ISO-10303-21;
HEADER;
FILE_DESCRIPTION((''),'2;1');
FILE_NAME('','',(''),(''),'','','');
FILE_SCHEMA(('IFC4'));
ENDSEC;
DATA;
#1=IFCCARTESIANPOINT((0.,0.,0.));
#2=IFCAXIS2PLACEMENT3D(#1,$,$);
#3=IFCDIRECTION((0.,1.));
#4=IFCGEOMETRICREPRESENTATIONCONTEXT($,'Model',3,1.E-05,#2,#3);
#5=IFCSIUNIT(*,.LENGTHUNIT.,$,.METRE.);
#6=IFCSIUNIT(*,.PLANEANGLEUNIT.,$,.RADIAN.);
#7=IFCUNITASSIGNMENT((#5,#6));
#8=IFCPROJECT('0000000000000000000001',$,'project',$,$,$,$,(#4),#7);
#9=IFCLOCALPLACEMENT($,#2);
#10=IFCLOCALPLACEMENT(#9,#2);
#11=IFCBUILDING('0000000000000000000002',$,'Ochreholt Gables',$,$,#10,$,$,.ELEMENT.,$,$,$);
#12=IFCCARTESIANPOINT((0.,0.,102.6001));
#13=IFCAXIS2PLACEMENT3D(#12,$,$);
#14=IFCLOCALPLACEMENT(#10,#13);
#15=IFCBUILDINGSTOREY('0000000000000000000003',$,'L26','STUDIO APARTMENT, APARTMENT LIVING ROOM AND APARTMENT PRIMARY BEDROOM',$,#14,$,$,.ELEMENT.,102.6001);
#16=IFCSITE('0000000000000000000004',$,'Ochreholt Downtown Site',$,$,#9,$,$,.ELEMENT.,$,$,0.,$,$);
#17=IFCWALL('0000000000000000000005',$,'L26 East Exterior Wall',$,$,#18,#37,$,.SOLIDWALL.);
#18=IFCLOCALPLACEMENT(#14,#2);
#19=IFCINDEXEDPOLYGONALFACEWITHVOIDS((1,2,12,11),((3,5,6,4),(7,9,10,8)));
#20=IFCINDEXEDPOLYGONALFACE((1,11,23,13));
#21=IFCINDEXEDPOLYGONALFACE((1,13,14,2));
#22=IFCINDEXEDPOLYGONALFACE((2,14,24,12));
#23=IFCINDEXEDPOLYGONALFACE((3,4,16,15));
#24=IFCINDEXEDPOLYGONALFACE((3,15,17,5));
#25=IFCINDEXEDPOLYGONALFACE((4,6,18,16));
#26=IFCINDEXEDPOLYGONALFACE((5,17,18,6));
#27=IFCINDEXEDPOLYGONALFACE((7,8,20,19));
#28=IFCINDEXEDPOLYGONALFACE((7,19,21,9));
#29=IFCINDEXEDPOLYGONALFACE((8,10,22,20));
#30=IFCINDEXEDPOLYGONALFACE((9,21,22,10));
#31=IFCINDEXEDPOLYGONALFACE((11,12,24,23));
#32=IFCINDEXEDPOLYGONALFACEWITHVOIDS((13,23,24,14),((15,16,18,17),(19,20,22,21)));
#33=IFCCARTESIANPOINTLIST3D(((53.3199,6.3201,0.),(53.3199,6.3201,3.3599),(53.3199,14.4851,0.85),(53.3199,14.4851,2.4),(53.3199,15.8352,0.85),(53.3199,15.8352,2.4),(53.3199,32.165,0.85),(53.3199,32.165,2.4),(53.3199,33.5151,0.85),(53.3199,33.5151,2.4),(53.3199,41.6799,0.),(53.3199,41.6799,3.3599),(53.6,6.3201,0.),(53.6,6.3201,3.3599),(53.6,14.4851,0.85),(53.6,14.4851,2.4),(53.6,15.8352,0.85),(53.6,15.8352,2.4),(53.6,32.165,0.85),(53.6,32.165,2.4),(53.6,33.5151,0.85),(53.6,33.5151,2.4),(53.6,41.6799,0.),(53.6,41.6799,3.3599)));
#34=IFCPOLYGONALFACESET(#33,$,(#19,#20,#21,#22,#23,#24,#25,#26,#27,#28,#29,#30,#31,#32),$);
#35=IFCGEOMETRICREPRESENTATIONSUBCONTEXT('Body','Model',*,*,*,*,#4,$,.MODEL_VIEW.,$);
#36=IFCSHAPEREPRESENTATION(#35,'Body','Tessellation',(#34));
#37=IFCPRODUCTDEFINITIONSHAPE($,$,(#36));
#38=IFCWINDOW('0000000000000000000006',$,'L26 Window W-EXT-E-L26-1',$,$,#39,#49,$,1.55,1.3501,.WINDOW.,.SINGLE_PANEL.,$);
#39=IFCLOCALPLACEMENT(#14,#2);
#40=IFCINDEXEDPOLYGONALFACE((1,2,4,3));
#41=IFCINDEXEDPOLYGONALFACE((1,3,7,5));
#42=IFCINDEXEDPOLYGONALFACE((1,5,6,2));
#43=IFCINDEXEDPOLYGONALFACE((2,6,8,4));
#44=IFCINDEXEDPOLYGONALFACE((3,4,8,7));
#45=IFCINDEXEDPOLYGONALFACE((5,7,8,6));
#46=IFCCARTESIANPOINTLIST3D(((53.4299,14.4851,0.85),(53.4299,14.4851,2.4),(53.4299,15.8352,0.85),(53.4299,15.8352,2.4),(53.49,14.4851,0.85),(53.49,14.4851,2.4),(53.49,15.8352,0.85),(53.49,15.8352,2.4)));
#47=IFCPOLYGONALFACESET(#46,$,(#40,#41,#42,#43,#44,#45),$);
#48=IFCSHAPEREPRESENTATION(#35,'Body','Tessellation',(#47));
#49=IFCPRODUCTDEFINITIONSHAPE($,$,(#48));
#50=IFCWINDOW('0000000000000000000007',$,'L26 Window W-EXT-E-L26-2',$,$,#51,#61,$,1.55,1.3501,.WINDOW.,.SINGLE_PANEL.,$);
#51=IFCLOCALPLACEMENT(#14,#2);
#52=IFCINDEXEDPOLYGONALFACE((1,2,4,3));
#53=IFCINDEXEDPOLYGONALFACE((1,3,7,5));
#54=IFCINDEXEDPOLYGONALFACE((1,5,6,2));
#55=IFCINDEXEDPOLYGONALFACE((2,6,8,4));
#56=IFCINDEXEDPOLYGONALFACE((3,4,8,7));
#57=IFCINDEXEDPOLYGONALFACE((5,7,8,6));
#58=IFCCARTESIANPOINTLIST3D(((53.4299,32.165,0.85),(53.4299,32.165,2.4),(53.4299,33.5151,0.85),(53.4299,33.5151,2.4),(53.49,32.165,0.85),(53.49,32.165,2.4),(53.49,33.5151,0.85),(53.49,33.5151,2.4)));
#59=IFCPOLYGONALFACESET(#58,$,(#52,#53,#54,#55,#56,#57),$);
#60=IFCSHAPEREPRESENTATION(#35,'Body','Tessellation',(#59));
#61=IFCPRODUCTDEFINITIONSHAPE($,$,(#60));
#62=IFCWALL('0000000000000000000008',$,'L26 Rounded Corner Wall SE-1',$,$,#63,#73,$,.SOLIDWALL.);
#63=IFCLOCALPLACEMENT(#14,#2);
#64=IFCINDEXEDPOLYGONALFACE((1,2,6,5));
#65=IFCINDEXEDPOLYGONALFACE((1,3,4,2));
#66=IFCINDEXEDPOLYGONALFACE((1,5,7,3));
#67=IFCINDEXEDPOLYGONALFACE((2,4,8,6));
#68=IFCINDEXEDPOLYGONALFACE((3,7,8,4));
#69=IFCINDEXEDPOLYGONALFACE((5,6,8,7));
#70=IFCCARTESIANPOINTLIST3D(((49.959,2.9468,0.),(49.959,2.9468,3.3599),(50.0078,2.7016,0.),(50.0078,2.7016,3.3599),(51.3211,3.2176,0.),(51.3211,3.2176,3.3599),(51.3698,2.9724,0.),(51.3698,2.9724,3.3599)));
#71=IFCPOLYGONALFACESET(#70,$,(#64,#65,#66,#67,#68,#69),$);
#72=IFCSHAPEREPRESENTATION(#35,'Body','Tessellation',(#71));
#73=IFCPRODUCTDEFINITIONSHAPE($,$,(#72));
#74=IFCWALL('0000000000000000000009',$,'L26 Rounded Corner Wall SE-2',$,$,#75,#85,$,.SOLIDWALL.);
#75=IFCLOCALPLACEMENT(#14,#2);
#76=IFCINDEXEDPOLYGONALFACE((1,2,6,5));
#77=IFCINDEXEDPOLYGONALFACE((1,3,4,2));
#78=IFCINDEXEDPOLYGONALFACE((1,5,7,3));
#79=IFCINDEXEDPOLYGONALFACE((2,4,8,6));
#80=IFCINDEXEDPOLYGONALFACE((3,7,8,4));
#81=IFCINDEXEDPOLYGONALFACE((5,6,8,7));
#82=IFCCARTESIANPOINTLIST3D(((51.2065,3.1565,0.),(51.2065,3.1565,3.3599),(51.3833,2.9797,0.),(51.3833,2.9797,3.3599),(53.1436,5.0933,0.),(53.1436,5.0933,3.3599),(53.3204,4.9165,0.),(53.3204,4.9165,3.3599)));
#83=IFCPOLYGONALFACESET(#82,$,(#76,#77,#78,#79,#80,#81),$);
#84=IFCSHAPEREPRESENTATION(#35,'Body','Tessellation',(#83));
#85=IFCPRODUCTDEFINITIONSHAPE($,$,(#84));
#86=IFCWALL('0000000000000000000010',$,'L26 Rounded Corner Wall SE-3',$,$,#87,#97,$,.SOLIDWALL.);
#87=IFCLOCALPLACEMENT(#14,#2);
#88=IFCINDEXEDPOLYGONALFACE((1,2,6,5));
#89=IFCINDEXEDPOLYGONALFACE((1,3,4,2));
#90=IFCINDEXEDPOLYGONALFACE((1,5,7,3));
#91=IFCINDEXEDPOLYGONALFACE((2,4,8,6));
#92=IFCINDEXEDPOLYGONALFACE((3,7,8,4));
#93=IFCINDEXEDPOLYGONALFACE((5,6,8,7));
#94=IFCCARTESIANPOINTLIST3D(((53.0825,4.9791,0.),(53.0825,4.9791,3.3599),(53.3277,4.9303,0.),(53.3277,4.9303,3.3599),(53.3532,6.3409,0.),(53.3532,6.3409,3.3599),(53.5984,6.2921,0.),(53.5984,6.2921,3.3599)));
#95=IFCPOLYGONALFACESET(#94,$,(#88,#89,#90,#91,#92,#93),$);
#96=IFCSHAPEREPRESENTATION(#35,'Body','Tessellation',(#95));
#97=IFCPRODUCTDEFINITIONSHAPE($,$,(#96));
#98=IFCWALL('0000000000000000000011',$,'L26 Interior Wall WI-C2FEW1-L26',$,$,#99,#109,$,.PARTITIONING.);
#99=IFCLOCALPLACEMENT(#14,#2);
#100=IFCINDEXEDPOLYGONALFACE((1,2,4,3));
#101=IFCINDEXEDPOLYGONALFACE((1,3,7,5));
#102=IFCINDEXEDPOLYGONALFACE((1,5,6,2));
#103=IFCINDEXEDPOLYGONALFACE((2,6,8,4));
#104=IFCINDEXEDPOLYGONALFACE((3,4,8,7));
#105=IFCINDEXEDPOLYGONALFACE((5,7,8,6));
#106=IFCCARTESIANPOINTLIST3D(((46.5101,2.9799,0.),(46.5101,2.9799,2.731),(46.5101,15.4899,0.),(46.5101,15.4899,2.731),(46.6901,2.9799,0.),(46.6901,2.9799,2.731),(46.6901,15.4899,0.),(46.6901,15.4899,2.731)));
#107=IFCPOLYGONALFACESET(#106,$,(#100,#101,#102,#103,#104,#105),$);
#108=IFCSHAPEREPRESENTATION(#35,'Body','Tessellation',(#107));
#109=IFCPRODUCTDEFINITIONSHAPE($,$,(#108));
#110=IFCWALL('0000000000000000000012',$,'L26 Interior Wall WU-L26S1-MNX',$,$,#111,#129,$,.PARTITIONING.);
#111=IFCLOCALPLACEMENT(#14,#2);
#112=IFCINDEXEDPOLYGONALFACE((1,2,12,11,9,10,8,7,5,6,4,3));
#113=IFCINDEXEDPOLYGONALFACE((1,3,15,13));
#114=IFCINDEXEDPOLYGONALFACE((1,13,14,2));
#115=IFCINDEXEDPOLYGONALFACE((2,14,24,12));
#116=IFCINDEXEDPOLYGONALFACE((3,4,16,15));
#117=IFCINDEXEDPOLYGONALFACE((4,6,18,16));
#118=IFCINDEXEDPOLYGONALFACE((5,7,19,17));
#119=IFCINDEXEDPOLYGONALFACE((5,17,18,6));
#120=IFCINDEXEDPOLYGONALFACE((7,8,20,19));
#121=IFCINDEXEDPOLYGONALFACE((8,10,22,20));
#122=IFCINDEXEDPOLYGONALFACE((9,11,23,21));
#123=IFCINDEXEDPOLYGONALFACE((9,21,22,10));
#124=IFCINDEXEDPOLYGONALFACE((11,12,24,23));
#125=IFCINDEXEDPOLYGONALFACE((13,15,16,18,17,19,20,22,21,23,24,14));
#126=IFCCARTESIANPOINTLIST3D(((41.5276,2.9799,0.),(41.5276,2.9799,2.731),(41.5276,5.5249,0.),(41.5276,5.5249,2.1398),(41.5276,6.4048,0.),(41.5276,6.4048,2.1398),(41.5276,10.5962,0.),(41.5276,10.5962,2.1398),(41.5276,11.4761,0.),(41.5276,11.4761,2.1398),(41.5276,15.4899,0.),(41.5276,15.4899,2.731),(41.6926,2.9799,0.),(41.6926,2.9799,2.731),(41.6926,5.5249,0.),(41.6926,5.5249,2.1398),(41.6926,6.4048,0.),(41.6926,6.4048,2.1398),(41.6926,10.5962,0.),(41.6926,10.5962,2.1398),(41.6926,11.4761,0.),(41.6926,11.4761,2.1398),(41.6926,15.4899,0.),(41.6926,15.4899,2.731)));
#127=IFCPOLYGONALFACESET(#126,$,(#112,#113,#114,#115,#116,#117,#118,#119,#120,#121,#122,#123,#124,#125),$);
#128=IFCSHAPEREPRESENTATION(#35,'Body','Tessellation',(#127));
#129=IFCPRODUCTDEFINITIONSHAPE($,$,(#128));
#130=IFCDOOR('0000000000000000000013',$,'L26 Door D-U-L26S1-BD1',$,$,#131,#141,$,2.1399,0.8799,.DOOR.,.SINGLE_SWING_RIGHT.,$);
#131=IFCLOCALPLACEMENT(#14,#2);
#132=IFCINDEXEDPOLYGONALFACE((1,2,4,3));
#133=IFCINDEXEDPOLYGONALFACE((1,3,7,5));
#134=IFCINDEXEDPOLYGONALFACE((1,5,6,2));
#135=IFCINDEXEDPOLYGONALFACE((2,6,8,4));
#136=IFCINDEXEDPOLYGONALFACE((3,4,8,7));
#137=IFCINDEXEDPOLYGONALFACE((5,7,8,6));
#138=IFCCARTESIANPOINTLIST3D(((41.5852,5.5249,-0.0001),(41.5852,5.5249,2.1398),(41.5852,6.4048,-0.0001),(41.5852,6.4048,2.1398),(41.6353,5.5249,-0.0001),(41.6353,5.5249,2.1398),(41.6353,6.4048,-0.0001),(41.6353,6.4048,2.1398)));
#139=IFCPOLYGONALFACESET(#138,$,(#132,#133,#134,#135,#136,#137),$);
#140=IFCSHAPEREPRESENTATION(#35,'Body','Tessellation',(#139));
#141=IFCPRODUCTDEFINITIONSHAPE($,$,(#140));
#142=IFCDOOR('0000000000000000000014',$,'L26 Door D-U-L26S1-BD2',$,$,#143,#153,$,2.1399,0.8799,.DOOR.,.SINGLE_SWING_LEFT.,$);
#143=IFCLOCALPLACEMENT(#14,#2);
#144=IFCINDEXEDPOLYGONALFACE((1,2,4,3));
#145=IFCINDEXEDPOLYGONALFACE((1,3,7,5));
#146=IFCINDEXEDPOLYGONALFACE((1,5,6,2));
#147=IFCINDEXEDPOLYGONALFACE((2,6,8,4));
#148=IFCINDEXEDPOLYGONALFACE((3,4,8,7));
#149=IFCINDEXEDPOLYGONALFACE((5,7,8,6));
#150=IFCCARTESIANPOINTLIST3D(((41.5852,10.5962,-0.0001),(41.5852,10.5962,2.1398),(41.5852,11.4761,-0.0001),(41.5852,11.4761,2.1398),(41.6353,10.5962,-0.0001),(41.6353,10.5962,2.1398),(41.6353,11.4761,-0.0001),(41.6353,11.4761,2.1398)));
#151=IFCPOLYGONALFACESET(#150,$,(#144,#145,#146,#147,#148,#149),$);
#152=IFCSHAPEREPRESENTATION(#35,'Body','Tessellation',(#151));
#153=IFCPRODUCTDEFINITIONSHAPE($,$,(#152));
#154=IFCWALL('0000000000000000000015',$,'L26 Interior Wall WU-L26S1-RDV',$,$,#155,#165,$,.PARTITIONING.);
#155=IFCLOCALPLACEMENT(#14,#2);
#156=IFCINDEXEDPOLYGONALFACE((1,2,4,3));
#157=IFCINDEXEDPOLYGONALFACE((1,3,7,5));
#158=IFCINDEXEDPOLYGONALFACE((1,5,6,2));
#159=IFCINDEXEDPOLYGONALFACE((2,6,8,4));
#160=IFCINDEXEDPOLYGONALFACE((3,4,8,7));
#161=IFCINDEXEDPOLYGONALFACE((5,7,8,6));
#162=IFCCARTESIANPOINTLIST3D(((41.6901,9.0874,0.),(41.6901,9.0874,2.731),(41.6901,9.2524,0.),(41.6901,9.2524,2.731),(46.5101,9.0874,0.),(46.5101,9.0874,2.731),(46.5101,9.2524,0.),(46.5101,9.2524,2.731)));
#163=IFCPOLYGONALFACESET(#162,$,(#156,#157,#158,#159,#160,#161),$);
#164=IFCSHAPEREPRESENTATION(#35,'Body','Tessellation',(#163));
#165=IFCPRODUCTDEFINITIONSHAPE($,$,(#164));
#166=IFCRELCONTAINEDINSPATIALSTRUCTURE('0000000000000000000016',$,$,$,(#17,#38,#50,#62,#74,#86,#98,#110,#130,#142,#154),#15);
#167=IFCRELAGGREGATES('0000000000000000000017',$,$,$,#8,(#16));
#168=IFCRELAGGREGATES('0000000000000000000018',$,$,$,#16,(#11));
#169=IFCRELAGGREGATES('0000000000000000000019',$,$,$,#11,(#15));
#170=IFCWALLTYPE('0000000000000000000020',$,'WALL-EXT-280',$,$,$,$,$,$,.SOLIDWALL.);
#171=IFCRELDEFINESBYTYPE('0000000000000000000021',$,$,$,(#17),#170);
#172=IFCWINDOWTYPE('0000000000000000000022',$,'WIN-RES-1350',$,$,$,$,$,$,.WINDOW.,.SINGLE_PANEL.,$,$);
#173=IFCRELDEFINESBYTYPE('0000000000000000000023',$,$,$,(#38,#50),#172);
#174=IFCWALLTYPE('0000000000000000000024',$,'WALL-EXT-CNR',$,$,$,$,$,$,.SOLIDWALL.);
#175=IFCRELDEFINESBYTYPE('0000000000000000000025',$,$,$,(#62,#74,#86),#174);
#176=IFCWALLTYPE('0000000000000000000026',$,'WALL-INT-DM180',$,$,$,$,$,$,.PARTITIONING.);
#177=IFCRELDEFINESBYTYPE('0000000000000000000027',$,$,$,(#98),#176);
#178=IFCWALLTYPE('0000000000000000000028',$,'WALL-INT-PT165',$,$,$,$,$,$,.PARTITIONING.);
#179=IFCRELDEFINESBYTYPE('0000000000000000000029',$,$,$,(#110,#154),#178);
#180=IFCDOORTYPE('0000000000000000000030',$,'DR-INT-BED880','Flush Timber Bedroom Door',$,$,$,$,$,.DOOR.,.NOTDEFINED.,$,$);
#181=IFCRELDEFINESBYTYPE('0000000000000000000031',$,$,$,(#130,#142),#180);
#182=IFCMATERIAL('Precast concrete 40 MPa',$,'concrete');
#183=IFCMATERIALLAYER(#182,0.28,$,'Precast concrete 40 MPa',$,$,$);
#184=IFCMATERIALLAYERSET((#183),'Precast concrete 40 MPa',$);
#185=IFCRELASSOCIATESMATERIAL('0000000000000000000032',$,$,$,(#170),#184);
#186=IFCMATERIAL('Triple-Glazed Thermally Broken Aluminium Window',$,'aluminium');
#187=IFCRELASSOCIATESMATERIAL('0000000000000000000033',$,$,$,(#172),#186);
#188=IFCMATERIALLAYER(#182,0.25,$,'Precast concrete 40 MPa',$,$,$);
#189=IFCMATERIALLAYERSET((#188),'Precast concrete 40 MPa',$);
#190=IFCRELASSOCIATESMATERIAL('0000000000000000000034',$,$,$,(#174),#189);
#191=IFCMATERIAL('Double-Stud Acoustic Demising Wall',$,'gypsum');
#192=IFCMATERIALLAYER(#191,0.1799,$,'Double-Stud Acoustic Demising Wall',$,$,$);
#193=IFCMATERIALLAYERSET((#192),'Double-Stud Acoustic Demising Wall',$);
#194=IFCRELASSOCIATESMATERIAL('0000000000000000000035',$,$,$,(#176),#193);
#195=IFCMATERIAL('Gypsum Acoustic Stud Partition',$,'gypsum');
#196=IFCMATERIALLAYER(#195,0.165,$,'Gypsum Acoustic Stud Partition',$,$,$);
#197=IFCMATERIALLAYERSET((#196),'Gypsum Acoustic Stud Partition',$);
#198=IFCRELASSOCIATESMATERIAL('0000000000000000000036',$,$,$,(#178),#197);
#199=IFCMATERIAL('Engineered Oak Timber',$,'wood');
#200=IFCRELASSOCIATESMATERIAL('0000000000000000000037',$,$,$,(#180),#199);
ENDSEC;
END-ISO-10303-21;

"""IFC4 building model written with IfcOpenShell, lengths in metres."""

from ifc_helpers import new_model, si_unit, direction, frame, frame_2d, origin, place, context, subcontext, project, spatial, rectangle, extrude, material, layer, layer_set, type_object, element, fill, save


model = new_model("IFC4")

# Units and contexts
model_context = context("Model", 3, precision=1e-05, world=origin(), true_north=direction((0.0, 1.0)))
body_context = subcontext(model_context, "Body", "Model", "MODEL_VIEW")
ifc_project = project(units=[si_unit("LENGTHUNIT", "METRE"), si_unit("PLANEANGLEUNIT", "RADIAN")], contexts=[model_context])

# Site, building, storey
site_placement = place(None, origin())
site = spatial("IfcSite", under=ifc_project, at=site_placement, Name="Ochreholt Downtown Site", CompositionType="ELEMENT", RefElevation=0.0)
building_placement = place(site_placement, origin())
building = spatial("IfcBuilding", under=site, at=building_placement, Name="Ochreholt Gables", CompositionType="ELEMENT")
storey_placement = place(building_placement, frame((0.0, 0.0, 102.6001)))
storey = spatial("IfcBuildingStorey", under=building, at=storey_placement, Name="L26", Description="STUDIO APARTMENT, APARTMENT LIVING ROOM AND APARTMENT PRIMARY BEDROOM", CompositionType="ELEMENT", Elevation=102.6001)

# Wall, openings, windows
ifc_material_1 = material(Name="Precast concrete 40 MPa", Category="concrete")
ifc_layer_1 = layer(ifc_material_1, 0.28, Name="Precast concrete 40 MPa")
ifc_layer_set_1 = layer_set([ifc_layer_1], Name="Precast concrete 40 MPa")
wall_type_1 = type_object("IfcWallType", Name="WALL-EXT-280", PredefinedType="SOLIDWALL", material=ifc_layer_set_1)
wall_1_placement = place(storey_placement, frame((53.46, 6.3201, 0.0), z_axis=(0.0, 0.0, 1.0), x_axis=(0.0, 1.0, 0.0)))
wall_1 = element("IfcWall", 1, at=wall_1_placement, inside=storey, type_object=wall_type_1, Name="L26 East Exterior Wall", PredefinedType="SOLIDWALL", context=body_context, shape_type="SweptSolid", body=[
    extrude(rectangle(XDim=35.3599, YDim=0.28, at=frame_2d((17.6799, 0.0))), origin(), (0.0, 0.0, 1.0), 3.3599),
])
opening_1_placement = place(wall_1_placement, frame((8.165, 0.0, 0.8501)))
opening_1 = element("IfcOpeningElement", 2, at=opening_1_placement, cuts=wall_1, PredefinedType="OPENING", context=body_context, shape_type="SweptSolid", body=[
    extrude(rectangle(XDim=1.3501, YDim=1.55, at=frame_2d((0.675, 0.7749))), frame((0.0, 0.1499, 0.0), z_axis=(0.0, -1.0, 0.0), x_axis=(1.0, 0.0, 0.0)), (0.0, 0.0, 1.0), 0.3),
])
opening_2_placement = place(wall_1_placement, frame((25.845, 0.0, 0.8501)))
opening_2 = element("IfcOpeningElement", 3, at=opening_2_placement, cuts=wall_1, PredefinedType="OPENING", context=body_context, shape_type="SweptSolid", body=[
    extrude(rectangle(XDim=1.3501, YDim=1.55, at=frame_2d((0.675, 0.7749))), frame((0.0, 0.1499, 0.0), z_axis=(0.0, -1.0, 0.0), x_axis=(1.0, 0.0, 0.0)), (0.0, 0.0, 1.0), 0.3),
])
ifc_material_2 = material(Name="Triple-Glazed Thermally Broken Aluminium Window", Category="aluminium")
window_type = type_object("IfcWindowType", Name="WIN-RES-1350", PartitioningType="SINGLE_PANEL", PredefinedType="WINDOW", material=ifc_material_2)
window_1_placement = place(opening_1_placement, origin())
window_1 = element("IfcWindow", 4, at=window_1_placement, inside=storey, type_object=window_type, Name="L26 Window W-EXT-E-L26-1", OverallHeight=1.55, OverallWidth=1.3501, PartitioningType="SINGLE_PANEL", PredefinedType="WINDOW", context=body_context, shape_type="SweptSolid", body=[
    extrude(rectangle(XDim=1.3501, YDim=1.55, at=frame_2d((0.675, 0.7749))), frame((0.0, 0.03, 0.0), z_axis=(0.0, -1.0, 0.0), x_axis=(1.0, 0.0, 0.0)), (0.0, 0.0, 1.0), 0.0601),
])
fill(opening_1, window_1)
window_2_placement = place(opening_2_placement, origin())
window_2 = element("IfcWindow", 5, at=window_2_placement, inside=storey, type_object=window_type, Name="L26 Window W-EXT-E-L26-2", OverallHeight=1.55, OverallWidth=1.3501, PartitioningType="SINGLE_PANEL", PredefinedType="WINDOW", context=body_context, shape_type="SweptSolid", body=[
    extrude(rectangle(XDim=1.3501, YDim=1.55, at=frame_2d((0.675, 0.7749))), frame((0.0, 0.03, 0.0), z_axis=(0.0, -1.0, 0.0), x_axis=(1.0, 0.0, 0.0)), (0.0, 0.0, 1.0), 0.0601),
])
fill(opening_2, window_2)

# Walls
ifc_layer_2 = layer(ifc_material_1, 0.25, Name="Precast concrete 40 MPa")
ifc_layer_set_2 = layer_set([ifc_layer_2], Name="Precast concrete 40 MPa")
wall_type_2 = type_object("IfcWallType", Name="WALL-EXT-CNR", PredefinedType="SOLIDWALL", material=ifc_layer_set_2)
wall_2_placement = place(storey_placement, frame((49.9834, 2.8242, 0.0), z_axis=(0.0, 0.0, 1.0), x_axis=(0.98081, 0.194967, 0.0)))
element("IfcWall", 6, at=wall_2_placement, inside=storey, type_object=wall_type_2, Name="L26 Rounded Corner Wall SE-1", PredefinedType="SOLIDWALL", context=body_context, shape_type="SweptSolid", body=[
    extrude(rectangle(XDim=1.3887, YDim=0.25, at=frame_2d((0.6943, 0.0))), origin(), (0.0, 0.0, 1.0), 3.3599),
])
wall_3_placement = place(storey_placement, frame((51.2949, 3.0681, 0.0), z_axis=(0.0, 0.0, 1.0), x_axis=(0.707151, 0.707062, 0.0)))
element("IfcWall", 7, at=wall_3_placement, inside=storey, type_object=wall_type_2, Name="L26 Rounded Corner Wall SE-2", PredefinedType="SOLIDWALL", context=body_context, shape_type="SweptSolid", body=[
    extrude(rectangle(XDim=2.7393, YDim=0.25, at=frame_2d((1.3696, 0.0))), origin(), (0.0, 0.0, 1.0), 3.3599),
])
wall_4_placement = place(storey_placement, frame((53.2051, 4.9546, 0.0), z_axis=(0.0, 0.0, 1.0), x_axis=(0.195, 0.980803, 0.0)))
element("IfcWall", 8, at=wall_4_placement, inside=storey, type_object=wall_type_2, Name="L26 Rounded Corner Wall SE-3", PredefinedType="SOLIDWALL", context=body_context, shape_type="SweptSolid", body=[
    extrude(rectangle(XDim=1.3884, YDim=0.25, at=frame_2d((0.6943, 0.0))), origin(), (0.0, 0.0, 1.0), 3.3599),
])
ifc_material_3 = material(Name="Double-Stud Acoustic Demising Wall", Category="gypsum")
ifc_layer_3 = layer(ifc_material_3, 0.1799, Name="Double-Stud Acoustic Demising Wall")
ifc_layer_set_3 = layer_set([ifc_layer_3], Name="Double-Stud Acoustic Demising Wall")
wall_type_3 = type_object("IfcWallType", Name="WALL-INT-DM180", PredefinedType="PARTITIONING", material=ifc_layer_set_3)
wall_5_placement = place(storey_placement, frame((46.6001, 2.98, 0.0), z_axis=(0.0, 0.0, 1.0), x_axis=(0.0, 1.0, 0.0)))
element("IfcWall", 9, at=wall_5_placement, inside=storey, type_object=wall_type_3, Name="L26 Interior Wall WI-C2FEW1-L26", PredefinedType="PARTITIONING", context=body_context, shape_type="SweptSolid", body=[
    extrude(rectangle(XDim=12.51, YDim=0.1799, at=frame_2d((6.2549, 0.0))), origin(), (0.0, 0.0, 1.0), 2.731),
])

# Wall, openings, doors
ifc_material_4 = material(Name="Gypsum Acoustic Stud Partition", Category="gypsum")
ifc_layer_4 = layer(ifc_material_4, 0.165, Name="Gypsum Acoustic Stud Partition")
ifc_layer_set_4 = layer_set([ifc_layer_4], Name="Gypsum Acoustic Stud Partition")
wall_type_4 = type_object("IfcWallType", Name="WALL-INT-PT165", PredefinedType="PARTITIONING", material=ifc_layer_set_4)
wall_6_placement = place(storey_placement, frame((41.6101, 2.98, 0.0), z_axis=(0.0, 0.0, 1.0), x_axis=(0.0, 1.0, 0.0)))
wall_6 = element("IfcWall", 10, at=wall_6_placement, inside=storey, type_object=wall_type_4, Name="L26 Interior Wall WU-L26S1-MNX", PredefinedType="PARTITIONING", context=body_context, shape_type="SweptSolid", body=[
    extrude(rectangle(XDim=12.51, YDim=0.165, at=frame_2d((6.2549, 0.0))), origin(), (0.0, 0.0, 1.0), 2.731),
])
opening_3_placement = place(wall_6_placement, frame((2.5449, 0.0, 0.0)))
opening_3 = element("IfcOpeningElement", 11, at=opening_3_placement, cuts=wall_6, PredefinedType="OPENING", context=body_context, shape_type="SweptSolid", body=[
    extrude(rectangle(XDim=0.8799, YDim=2.1399, at=frame_2d((0.4399, 1.0698))), frame((0.0, 0.0925, 0.0), z_axis=(0.0, -1.0, 0.0), x_axis=(1.0, 0.0, 0.0)), (0.0, 0.0, 1.0), 0.1851),
])
opening_4_placement = place(wall_6_placement, frame((7.6162, 0.0, 0.0)))
opening_4 = element("IfcOpeningElement", 12, at=opening_4_placement, cuts=wall_6, PredefinedType="OPENING", context=body_context, shape_type="SweptSolid", body=[
    extrude(rectangle(XDim=0.8799, YDim=2.1399, at=frame_2d((0.4399, 1.0698))), frame((0.0, 0.0925, 0.0), z_axis=(0.0, -1.0, 0.0), x_axis=(1.0, 0.0, 0.0)), (0.0, 0.0, 1.0), 0.1851),
])
ifc_material_5 = material(Name="Engineered Oak Timber", Category="wood")
door_type = type_object("IfcDoorType", Name="DR-INT-BED880", Description="Flush Timber Bedroom Door", OperationType="NOTDEFINED", PredefinedType="DOOR", material=ifc_material_5)
door_1_placement = place(opening_3_placement, origin())
door_1 = element("IfcDoor", 13, at=door_1_placement, inside=storey, type_object=door_type, Name="L26 Door D-U-L26S1-BD1", OperationType="SINGLE_SWING_RIGHT", OverallHeight=2.1399, OverallWidth=0.8799, PredefinedType="DOOR", context=body_context, shape_type="SweptSolid", body=[
    extrude(rectangle(XDim=0.8799, YDim=2.1399, at=frame_2d((0.4399, 1.0698))), frame((0.0, 0.0249, 0.0), z_axis=(0.0, -1.0, 0.0), x_axis=(1.0, 0.0, 0.0)), (0.0, 0.0, 1.0), 0.05),
])
fill(opening_3, door_1)
door_2_placement = place(opening_4_placement, origin())
door_2 = element("IfcDoor", 14, at=door_2_placement, inside=storey, type_object=door_type, Name="L26 Door D-U-L26S1-BD2", OperationType="SINGLE_SWING_LEFT", OverallHeight=2.1399, OverallWidth=0.8799, PredefinedType="DOOR", context=body_context, shape_type="SweptSolid", body=[
    extrude(rectangle(XDim=0.8799, YDim=2.1399, at=frame_2d((0.4399, 1.0698))), frame((0.0, 0.0249, 0.0), z_axis=(0.0, -1.0, 0.0), x_axis=(1.0, 0.0, 0.0)), (0.0, 0.0, 1.0), 0.05),
])
fill(opening_4, door_2)

# Wall
wall_7_placement = place(storey_placement, frame((41.6899, 9.1699, 0.0), z_axis=(0.0, 0.0, 1.0), x_axis=(1.0, 0.0, 0.0)))
element("IfcWall", 15, at=wall_7_placement, inside=storey, type_object=wall_type_4, Name="L26 Interior Wall WU-L26S1-RDV", PredefinedType="PARTITIONING", context=body_context, shape_type="SweptSolid", body=[
    extrude(rectangle(XDim=4.8201, YDim=0.165, at=frame_2d((2.4102, 0.0))), origin(), (0.0, 0.0, 1.0), 2.731),
])

save(model, "model.ifc")
